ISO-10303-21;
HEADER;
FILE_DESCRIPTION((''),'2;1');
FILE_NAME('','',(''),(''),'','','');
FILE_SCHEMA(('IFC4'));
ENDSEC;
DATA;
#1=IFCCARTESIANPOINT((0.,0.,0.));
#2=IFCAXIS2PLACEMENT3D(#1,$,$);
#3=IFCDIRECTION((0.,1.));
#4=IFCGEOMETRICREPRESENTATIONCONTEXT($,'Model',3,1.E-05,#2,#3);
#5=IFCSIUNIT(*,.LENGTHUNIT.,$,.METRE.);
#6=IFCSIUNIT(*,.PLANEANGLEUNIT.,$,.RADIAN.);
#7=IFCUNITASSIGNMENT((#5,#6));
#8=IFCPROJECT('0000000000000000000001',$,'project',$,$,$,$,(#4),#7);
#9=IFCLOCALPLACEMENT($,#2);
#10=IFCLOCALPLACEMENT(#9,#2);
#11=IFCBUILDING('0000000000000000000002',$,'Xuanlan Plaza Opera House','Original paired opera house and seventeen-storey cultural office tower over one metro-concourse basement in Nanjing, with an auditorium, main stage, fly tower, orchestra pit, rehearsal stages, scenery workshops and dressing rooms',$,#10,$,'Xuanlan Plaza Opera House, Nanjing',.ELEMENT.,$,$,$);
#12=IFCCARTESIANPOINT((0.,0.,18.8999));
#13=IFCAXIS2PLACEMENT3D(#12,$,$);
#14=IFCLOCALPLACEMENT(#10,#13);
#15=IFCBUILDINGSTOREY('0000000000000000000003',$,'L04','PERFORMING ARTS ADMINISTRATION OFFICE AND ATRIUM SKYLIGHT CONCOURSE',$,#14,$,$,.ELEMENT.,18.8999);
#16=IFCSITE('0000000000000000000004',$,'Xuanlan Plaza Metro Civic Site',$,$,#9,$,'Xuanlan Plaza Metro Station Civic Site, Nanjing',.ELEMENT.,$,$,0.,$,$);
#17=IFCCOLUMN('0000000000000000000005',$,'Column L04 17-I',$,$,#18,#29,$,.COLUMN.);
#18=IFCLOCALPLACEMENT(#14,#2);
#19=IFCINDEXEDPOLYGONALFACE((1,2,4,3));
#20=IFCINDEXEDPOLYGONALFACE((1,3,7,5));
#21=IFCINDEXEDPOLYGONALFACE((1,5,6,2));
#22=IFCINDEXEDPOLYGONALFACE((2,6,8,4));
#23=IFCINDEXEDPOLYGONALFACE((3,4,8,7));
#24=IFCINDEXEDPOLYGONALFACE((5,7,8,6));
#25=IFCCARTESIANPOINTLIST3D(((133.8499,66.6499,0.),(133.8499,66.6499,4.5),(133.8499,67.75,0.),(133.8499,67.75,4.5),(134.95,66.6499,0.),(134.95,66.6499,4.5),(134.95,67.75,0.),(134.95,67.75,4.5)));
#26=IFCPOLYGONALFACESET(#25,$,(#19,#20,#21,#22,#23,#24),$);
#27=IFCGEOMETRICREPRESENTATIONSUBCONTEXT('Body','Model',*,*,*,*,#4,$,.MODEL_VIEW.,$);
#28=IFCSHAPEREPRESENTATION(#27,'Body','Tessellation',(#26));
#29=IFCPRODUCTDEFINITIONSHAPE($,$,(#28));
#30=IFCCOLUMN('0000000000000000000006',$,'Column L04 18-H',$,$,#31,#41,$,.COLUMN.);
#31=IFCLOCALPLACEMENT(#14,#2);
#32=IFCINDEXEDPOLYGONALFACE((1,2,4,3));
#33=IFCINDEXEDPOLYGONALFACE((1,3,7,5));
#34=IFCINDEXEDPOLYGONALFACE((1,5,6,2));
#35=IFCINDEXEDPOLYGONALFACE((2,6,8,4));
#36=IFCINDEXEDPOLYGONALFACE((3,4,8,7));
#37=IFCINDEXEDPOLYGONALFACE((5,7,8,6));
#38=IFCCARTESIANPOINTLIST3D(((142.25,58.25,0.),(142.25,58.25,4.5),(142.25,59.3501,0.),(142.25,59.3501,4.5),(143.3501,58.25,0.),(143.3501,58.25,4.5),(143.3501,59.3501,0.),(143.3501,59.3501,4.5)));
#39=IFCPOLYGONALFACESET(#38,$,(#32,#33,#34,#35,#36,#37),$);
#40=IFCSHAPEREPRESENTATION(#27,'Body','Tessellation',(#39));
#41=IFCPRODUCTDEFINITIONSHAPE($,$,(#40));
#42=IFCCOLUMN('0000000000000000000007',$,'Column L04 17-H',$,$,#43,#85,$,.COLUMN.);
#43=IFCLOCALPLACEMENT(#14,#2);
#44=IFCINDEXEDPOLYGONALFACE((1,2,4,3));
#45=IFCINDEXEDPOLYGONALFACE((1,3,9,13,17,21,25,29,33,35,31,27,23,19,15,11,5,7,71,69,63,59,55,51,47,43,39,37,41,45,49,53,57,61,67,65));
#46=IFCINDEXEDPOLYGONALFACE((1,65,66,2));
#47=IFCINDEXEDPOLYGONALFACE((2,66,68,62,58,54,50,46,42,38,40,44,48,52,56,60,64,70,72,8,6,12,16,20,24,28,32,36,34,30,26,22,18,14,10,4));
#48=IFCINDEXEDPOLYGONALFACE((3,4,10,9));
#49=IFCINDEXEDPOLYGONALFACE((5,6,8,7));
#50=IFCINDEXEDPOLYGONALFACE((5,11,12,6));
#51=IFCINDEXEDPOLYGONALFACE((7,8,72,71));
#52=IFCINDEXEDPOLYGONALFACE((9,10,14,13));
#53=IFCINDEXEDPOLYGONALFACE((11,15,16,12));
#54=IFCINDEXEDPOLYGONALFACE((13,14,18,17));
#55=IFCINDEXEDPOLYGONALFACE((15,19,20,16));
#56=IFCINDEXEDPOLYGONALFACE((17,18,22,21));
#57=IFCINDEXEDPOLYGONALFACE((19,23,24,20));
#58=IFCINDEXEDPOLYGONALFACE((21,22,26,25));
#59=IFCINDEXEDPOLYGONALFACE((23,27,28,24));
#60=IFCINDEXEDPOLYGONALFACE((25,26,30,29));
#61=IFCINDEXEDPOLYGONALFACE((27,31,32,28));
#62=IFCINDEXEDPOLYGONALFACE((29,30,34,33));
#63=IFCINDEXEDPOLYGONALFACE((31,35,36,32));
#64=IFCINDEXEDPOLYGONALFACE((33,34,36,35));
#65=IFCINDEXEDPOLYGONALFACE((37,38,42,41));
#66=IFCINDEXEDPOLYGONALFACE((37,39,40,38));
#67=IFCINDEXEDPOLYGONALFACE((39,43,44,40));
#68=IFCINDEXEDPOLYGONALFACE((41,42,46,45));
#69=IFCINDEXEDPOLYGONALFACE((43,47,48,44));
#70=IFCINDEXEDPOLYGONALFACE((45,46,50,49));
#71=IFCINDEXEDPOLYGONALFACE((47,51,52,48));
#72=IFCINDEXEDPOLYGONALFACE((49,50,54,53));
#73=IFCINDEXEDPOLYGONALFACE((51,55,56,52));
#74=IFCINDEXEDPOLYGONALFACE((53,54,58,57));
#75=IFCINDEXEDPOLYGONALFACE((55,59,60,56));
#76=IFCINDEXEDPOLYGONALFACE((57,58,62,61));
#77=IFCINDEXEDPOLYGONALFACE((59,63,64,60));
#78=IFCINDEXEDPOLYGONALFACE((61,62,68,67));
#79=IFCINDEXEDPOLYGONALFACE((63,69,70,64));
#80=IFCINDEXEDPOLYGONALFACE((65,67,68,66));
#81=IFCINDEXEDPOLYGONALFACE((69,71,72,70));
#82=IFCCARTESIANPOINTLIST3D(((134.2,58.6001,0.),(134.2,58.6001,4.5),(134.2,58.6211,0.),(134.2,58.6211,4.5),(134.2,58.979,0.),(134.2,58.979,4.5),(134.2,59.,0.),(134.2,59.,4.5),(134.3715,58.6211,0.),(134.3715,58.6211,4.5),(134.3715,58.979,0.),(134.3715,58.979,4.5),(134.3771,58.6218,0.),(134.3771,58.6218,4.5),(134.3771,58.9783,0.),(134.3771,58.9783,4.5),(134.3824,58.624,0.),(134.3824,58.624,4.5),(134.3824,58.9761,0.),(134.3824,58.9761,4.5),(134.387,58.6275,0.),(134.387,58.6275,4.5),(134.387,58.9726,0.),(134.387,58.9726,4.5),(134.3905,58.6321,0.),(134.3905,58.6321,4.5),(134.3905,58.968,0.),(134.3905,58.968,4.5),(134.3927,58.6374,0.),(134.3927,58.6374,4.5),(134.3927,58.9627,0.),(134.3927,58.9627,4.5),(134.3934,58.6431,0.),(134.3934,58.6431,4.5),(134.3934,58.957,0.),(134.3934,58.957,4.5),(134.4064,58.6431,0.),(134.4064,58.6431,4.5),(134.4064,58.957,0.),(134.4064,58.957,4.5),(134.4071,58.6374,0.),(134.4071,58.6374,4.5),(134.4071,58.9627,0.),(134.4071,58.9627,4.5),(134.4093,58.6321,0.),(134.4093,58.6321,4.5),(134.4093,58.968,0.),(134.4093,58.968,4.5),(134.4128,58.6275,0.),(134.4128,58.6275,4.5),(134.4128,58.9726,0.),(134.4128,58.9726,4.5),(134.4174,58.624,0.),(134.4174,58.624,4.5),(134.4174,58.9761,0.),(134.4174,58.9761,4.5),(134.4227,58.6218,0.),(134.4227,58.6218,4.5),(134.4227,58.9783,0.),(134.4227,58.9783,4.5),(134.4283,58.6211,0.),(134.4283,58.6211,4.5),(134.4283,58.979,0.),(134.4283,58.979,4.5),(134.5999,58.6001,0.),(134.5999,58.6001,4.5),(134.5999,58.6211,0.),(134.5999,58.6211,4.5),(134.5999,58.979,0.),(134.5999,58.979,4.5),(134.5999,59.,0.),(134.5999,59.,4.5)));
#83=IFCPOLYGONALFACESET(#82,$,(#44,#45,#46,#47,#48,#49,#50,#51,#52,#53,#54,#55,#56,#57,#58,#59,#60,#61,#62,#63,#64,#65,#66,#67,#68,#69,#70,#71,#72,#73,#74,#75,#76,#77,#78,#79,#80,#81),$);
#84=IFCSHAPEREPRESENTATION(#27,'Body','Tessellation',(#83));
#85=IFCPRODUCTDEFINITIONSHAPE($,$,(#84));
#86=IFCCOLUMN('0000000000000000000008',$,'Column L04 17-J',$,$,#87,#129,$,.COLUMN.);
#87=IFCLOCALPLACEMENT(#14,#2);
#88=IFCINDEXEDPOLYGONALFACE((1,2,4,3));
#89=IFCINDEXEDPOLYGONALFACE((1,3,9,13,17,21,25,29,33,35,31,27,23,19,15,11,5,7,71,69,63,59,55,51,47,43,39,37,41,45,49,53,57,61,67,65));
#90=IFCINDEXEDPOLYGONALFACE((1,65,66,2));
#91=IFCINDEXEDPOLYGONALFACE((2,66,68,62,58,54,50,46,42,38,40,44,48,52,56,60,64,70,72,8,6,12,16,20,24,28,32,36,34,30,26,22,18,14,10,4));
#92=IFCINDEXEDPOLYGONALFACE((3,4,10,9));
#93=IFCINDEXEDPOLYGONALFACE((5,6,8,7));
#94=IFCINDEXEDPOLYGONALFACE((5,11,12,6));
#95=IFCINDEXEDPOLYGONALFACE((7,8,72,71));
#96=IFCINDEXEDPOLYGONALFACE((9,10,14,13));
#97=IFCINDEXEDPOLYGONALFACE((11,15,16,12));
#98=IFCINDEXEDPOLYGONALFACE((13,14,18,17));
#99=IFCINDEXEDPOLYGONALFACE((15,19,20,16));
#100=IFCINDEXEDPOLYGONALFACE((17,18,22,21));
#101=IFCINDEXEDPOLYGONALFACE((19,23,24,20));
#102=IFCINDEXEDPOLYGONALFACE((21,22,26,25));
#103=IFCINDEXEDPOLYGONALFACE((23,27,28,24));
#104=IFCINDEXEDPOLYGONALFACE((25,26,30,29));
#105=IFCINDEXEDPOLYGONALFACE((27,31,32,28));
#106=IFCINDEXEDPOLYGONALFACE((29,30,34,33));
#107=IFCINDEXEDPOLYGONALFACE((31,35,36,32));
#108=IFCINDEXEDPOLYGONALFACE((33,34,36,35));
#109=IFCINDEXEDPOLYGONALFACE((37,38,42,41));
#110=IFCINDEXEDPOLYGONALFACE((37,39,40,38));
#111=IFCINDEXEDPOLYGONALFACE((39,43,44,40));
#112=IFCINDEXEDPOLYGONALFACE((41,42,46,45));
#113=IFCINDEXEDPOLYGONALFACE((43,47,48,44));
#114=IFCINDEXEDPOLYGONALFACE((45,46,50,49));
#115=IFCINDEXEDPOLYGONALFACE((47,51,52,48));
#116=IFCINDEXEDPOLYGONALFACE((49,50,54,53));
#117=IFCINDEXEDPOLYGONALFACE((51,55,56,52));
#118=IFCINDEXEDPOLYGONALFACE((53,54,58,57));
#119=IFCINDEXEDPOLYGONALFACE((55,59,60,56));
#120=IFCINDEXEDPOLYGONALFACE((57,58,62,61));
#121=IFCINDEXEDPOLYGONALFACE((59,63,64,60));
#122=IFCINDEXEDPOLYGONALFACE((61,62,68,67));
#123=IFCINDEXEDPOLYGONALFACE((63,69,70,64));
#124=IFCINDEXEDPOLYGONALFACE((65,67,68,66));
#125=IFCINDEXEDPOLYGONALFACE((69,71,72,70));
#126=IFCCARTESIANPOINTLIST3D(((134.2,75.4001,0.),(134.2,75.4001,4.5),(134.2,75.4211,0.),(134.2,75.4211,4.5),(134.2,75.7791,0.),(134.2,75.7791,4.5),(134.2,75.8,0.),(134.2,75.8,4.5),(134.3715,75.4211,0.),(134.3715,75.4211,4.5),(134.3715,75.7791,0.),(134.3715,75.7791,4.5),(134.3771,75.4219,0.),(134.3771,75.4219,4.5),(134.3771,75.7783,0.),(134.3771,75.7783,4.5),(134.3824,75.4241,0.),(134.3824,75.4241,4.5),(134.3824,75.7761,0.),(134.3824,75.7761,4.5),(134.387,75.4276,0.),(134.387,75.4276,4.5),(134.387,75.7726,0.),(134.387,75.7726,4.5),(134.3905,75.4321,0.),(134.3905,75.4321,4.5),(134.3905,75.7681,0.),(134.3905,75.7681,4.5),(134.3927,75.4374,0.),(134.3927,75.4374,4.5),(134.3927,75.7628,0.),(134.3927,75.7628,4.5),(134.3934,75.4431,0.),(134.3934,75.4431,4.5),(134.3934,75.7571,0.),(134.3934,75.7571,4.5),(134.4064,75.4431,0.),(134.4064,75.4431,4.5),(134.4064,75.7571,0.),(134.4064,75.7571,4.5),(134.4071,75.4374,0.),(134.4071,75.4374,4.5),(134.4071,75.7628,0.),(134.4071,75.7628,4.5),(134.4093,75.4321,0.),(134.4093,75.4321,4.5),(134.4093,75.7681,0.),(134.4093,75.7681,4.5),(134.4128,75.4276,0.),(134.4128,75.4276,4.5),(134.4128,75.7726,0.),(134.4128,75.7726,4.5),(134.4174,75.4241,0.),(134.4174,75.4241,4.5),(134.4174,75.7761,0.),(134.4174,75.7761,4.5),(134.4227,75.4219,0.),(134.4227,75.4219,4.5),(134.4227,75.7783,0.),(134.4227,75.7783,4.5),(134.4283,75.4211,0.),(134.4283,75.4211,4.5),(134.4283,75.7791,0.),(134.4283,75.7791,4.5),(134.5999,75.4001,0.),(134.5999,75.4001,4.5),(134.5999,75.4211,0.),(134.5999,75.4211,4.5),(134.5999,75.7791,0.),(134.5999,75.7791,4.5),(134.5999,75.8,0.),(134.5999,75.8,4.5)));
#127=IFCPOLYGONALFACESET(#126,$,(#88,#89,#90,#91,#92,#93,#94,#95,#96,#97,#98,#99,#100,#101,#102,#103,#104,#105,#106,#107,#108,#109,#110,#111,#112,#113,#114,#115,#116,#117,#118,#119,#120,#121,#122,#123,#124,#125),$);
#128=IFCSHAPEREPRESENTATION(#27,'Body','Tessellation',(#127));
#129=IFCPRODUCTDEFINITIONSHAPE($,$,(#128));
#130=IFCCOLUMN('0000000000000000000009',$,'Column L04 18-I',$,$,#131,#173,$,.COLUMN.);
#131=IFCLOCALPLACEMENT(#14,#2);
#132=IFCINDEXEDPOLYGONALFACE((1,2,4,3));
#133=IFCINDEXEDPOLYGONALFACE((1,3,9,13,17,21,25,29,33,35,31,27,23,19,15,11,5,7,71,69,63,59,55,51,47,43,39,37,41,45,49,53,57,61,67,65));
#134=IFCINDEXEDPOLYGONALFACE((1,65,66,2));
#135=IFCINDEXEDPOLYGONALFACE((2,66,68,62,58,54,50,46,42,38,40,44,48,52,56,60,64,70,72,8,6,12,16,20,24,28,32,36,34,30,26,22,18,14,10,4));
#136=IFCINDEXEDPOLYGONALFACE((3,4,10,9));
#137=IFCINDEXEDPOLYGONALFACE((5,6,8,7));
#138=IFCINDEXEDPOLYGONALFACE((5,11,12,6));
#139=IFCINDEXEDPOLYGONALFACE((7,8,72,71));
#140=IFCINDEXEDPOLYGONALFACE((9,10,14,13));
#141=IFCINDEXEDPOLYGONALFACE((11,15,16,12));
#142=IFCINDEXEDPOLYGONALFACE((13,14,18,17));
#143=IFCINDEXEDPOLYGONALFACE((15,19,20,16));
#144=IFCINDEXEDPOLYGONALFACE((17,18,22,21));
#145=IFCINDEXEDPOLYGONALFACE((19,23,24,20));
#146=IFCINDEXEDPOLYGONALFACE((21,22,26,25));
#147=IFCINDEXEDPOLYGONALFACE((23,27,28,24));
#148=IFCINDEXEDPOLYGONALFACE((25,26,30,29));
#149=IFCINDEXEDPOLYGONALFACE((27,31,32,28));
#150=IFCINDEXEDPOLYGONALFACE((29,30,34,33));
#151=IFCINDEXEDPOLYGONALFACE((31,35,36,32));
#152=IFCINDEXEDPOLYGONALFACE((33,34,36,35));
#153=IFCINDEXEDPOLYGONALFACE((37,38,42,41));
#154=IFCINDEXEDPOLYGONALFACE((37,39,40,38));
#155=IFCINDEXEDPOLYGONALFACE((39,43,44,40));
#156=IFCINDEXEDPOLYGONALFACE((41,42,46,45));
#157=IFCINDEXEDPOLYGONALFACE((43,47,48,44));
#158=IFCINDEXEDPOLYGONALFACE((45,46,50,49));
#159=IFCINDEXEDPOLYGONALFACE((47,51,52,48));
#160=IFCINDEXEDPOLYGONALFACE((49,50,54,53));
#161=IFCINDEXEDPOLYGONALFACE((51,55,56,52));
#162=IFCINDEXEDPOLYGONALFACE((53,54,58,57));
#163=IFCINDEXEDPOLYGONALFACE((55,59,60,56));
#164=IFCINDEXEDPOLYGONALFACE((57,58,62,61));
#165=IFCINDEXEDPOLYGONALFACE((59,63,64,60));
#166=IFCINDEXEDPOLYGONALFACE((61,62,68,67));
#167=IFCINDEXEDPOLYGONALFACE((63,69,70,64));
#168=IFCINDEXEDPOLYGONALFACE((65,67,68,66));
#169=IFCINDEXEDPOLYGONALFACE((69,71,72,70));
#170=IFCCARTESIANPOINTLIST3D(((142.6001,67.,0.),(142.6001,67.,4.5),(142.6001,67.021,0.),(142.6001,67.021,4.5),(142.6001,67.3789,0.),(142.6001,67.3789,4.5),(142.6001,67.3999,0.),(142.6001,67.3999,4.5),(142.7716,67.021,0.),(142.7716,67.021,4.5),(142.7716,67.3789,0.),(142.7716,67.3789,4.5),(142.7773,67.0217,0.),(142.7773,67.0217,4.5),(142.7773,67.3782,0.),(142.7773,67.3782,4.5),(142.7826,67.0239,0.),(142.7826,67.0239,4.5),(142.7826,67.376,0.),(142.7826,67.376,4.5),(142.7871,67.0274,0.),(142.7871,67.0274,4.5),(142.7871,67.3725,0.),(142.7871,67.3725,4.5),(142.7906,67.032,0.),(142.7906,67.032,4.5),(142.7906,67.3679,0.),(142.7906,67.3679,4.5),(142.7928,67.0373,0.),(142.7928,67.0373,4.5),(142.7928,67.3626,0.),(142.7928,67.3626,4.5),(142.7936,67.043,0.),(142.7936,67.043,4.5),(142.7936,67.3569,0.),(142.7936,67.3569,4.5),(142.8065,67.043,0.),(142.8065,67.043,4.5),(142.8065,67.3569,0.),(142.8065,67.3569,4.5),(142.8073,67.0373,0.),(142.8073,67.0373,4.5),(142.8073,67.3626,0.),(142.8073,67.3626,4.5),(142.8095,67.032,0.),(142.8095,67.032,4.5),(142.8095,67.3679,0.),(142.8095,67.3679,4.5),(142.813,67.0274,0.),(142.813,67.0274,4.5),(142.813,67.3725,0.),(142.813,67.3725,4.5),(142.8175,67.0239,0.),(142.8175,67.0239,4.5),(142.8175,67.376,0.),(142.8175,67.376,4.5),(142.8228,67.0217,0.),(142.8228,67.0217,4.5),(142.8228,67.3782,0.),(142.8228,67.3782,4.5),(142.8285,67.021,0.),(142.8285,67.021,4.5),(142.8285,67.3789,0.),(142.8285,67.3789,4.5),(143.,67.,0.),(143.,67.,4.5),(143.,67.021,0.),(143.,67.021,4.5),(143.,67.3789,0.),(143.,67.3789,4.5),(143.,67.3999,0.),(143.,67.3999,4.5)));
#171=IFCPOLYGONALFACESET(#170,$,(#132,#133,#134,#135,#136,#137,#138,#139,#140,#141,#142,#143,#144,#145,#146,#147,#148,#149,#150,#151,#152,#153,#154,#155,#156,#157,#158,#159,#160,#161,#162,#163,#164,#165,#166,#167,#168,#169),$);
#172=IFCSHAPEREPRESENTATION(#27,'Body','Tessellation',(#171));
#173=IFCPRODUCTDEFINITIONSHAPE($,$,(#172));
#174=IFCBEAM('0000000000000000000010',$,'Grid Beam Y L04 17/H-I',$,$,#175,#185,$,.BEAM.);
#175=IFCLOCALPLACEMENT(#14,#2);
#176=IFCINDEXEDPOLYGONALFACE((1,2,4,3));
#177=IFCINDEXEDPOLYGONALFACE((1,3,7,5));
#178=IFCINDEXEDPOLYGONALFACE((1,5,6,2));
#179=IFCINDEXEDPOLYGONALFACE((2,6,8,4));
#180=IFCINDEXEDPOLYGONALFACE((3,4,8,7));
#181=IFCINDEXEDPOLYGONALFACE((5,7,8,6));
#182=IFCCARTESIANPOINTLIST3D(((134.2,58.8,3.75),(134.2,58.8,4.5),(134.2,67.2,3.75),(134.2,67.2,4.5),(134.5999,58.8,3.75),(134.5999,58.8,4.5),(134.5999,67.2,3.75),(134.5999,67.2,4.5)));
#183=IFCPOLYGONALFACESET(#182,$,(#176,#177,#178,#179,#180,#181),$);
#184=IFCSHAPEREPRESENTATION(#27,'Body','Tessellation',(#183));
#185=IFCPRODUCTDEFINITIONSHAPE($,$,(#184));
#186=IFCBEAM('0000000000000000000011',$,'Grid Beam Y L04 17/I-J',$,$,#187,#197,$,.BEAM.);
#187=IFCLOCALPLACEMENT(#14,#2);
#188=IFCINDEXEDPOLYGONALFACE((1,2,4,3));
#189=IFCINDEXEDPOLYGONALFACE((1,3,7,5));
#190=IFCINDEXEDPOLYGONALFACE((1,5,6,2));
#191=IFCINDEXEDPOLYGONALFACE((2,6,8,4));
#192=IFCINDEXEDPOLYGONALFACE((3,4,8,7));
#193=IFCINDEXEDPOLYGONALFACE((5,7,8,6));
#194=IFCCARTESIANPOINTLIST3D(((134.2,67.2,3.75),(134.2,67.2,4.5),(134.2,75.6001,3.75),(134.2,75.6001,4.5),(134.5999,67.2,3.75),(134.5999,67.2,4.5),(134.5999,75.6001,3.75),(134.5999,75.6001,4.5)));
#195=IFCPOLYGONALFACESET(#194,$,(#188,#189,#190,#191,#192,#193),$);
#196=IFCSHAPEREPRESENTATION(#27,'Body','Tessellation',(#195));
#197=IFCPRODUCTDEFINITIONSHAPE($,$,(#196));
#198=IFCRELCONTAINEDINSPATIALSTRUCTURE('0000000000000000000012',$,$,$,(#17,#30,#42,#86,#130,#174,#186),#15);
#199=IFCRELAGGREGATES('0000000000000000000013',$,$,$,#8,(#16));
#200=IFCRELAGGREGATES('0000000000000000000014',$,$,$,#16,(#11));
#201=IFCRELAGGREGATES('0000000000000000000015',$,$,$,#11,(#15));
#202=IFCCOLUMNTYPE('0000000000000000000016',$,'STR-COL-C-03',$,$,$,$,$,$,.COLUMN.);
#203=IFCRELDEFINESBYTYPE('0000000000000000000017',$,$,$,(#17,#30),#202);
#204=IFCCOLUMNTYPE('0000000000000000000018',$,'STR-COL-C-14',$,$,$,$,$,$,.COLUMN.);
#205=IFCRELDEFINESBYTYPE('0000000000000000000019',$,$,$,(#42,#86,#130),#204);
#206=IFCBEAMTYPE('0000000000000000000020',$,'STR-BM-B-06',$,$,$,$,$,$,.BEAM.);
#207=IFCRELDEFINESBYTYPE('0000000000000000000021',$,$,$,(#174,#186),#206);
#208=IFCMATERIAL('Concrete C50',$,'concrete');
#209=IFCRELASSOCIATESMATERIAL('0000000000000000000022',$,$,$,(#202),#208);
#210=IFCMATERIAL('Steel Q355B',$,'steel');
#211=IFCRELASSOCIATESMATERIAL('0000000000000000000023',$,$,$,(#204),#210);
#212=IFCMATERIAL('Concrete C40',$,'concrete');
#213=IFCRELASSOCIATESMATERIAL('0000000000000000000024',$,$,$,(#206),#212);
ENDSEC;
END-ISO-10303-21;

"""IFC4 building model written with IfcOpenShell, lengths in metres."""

from ifc_helpers import new_model, si_unit, direction, frame, origin, origin_2d, place, context, subcontext, project, spatial, rectangle, i_section, extrude, material, material_profile, profile_set, type_object, element, save


model = new_model("IFC4")

# Units and contexts
model_context = context("Model", 3, precision=1e-05, world=origin(), true_north=direction((0.0, 1.0)))
body_context = subcontext(model_context, "Body", "Model", "MODEL_VIEW")
ifc_project = project(units=[si_unit("LENGTHUNIT", "METRE"), si_unit("PLANEANGLEUNIT", "RADIAN")], contexts=[model_context])

# Site, building, storey
site_placement = place(None, origin())
site = spatial("IfcSite", under=ifc_project, at=site_placement, Name="Xuanlan Plaza Metro Civic Site", LongName="Xuanlan Plaza Metro Station Civic Site, Nanjing", CompositionType="ELEMENT", RefElevation=0.0)
building_placement = place(site_placement, origin())
building = spatial("IfcBuilding", under=site, at=building_placement, Name="Xuanlan Plaza Opera House", Description="Original paired opera house and seventeen-storey cultural office tower over one metro-concourse basement in Nanjing, with an auditorium, main stage, fly tower, orchestra pit, rehearsal stages, scenery workshops and dressing rooms", LongName="Xuanlan Plaza Opera House, Nanjing", CompositionType="ELEMENT")
storey_placement = place(building_placement, frame((0.0, 0.0, 18.8999)))
storey = spatial("IfcBuildingStorey", under=building, at=storey_placement, Name="L04", Description="PERFORMING ARTS ADMINISTRATION OFFICE AND ATRIUM SKYLIGHT CONCOURSE", CompositionType="ELEMENT", Elevation=18.8999)

# Columns
ifc_material_1 = material(Name="Concrete C50", Category="concrete")
ifc_material_profile_1 = material_profile(ifc_material_1, rectangle(XDim=1.1001, YDim=1.1001, at=origin_2d()), Name="RC-COL 1100x1100")
ifc_profile_set_1 = profile_set([ifc_material_profile_1], Name="Concrete C50")
column_type_1 = type_object("IfcColumnType", Name="STR-COL-C-03", PredefinedType="COLUMN", material=ifc_profile_set_1)
for number, where, z_axis, x_axis, name in (
    (1, (134.3999, 67.2, 0.0), (0.0, 0.0, 1.0), (1.0, 0.0, 0.0), "Column L04 17-I"),
    (2, (142.8, 58.8, 0.0), (0.0, 0.0, 1.0), (1.0, 0.0, 0.0), "Column L04 18-H"),
):
    element("IfcColumn", number, at=place(storey_placement, frame(where, z_axis=z_axis, x_axis=x_axis)), inside=storey, type_object=column_type_1, Name=name, PredefinedType="COLUMN", context=body_context, shape_type="SweptSolid", body=[
        extrude(rectangle(XDim=1.1001, YDim=1.1001, at=origin_2d()), origin(), (0.0, 0.0, 1.0), 4.5),
    ])
ifc_material_2 = material(Name="Steel Q355B", Category="steel")
ifc_material_profile_2 = material_profile(ifc_material_2, i_section(OverallWidth=0.3999, OverallDepth=0.3999, WebThickness=0.0129, FlangeThickness=0.021, FilletRadius=0.022, at=origin_2d()), Name="HW 400x400x13x21")
ifc_profile_set_2 = profile_set([ifc_material_profile_2], Name="Steel Q355B")
column_type_2 = type_object("IfcColumnType", Name="STR-COL-C-14", PredefinedType="COLUMN", material=ifc_profile_set_2)
for number, where, z_axis, x_axis, name in (
    (3, (134.3999, 58.8, 0.0), (0.0, 0.0, 1.0), (1.0, 0.0, 0.0), "Column L04 17-H"),
    (4, (134.3999, 75.6001, 0.0), (0.0, 0.0, 1.0), (1.0, 0.0, 0.0), "Column L04 17-J"),
    (5, (142.8, 67.2, 0.0), (0.0, 0.0, 1.0), (1.0, 0.0, 0.0), "Column L04 18-I"),
):
    element("IfcColumn", number, at=place(storey_placement, frame(where, z_axis=z_axis, x_axis=x_axis)), inside=storey, type_object=column_type_2, Name=name, PredefinedType="COLUMN", context=body_context, shape_type="SweptSolid", body=[
        extrude(i_section(OverallWidth=0.3999, OverallDepth=0.3999, WebThickness=0.0129, FlangeThickness=0.021, FilletRadius=0.022, at=origin_2d()), origin(), (0.0, 0.0, 1.0), 4.5),
    ])

# Beams
ifc_material_3 = material(Name="Concrete C40", Category="concrete")
ifc_material_profile_3 = material_profile(ifc_material_3, rectangle(XDim=0.3999, YDim=0.75, at=origin_2d()), Name="RC-BM 400x750")
ifc_profile_set_3 = profile_set([ifc_material_profile_3], Name="Concrete C40")
beam_type_1 = type_object("IfcBeamType", Name="STR-BM-B-06", PredefinedType="BEAM", material=ifc_profile_set_3)
beam_1_placement = place(storey_placement, frame((134.3999, 58.8, 4.125), z_axis=(0.0, 1.0, 0.0), x_axis=(-1.0, 0.0, 0.0)))
element("IfcBeam", 6, at=beam_1_placement, inside=storey, type_object=beam_type_1, Name="Grid Beam Y L04 17/H-I", PredefinedType="BEAM", context=body_context, shape_type="SweptSolid", body=[
    extrude(rectangle(XDim=0.3999, YDim=0.75, at=origin_2d()), origin(), (0.0, 0.0, 1.0), 8.3999),
])
beam_2_placement = place(storey_placement, frame((134.3999, 67.2, 4.125), z_axis=(0.0, 1.0, 0.0), x_axis=(-1.0, 0.0, 0.0)))
element("IfcBeam", 7, at=beam_2_placement, inside=storey, type_object=beam_type_1, Name="Grid Beam Y L04 17/I-J", PredefinedType="BEAM", context=body_context, shape_type="SweptSolid", body=[
    extrude(rectangle(XDim=0.3999, YDim=0.75, at=origin_2d()), origin(), (0.0, 0.0, 1.0), 8.4001),
])

save(model, "model.ifc")
